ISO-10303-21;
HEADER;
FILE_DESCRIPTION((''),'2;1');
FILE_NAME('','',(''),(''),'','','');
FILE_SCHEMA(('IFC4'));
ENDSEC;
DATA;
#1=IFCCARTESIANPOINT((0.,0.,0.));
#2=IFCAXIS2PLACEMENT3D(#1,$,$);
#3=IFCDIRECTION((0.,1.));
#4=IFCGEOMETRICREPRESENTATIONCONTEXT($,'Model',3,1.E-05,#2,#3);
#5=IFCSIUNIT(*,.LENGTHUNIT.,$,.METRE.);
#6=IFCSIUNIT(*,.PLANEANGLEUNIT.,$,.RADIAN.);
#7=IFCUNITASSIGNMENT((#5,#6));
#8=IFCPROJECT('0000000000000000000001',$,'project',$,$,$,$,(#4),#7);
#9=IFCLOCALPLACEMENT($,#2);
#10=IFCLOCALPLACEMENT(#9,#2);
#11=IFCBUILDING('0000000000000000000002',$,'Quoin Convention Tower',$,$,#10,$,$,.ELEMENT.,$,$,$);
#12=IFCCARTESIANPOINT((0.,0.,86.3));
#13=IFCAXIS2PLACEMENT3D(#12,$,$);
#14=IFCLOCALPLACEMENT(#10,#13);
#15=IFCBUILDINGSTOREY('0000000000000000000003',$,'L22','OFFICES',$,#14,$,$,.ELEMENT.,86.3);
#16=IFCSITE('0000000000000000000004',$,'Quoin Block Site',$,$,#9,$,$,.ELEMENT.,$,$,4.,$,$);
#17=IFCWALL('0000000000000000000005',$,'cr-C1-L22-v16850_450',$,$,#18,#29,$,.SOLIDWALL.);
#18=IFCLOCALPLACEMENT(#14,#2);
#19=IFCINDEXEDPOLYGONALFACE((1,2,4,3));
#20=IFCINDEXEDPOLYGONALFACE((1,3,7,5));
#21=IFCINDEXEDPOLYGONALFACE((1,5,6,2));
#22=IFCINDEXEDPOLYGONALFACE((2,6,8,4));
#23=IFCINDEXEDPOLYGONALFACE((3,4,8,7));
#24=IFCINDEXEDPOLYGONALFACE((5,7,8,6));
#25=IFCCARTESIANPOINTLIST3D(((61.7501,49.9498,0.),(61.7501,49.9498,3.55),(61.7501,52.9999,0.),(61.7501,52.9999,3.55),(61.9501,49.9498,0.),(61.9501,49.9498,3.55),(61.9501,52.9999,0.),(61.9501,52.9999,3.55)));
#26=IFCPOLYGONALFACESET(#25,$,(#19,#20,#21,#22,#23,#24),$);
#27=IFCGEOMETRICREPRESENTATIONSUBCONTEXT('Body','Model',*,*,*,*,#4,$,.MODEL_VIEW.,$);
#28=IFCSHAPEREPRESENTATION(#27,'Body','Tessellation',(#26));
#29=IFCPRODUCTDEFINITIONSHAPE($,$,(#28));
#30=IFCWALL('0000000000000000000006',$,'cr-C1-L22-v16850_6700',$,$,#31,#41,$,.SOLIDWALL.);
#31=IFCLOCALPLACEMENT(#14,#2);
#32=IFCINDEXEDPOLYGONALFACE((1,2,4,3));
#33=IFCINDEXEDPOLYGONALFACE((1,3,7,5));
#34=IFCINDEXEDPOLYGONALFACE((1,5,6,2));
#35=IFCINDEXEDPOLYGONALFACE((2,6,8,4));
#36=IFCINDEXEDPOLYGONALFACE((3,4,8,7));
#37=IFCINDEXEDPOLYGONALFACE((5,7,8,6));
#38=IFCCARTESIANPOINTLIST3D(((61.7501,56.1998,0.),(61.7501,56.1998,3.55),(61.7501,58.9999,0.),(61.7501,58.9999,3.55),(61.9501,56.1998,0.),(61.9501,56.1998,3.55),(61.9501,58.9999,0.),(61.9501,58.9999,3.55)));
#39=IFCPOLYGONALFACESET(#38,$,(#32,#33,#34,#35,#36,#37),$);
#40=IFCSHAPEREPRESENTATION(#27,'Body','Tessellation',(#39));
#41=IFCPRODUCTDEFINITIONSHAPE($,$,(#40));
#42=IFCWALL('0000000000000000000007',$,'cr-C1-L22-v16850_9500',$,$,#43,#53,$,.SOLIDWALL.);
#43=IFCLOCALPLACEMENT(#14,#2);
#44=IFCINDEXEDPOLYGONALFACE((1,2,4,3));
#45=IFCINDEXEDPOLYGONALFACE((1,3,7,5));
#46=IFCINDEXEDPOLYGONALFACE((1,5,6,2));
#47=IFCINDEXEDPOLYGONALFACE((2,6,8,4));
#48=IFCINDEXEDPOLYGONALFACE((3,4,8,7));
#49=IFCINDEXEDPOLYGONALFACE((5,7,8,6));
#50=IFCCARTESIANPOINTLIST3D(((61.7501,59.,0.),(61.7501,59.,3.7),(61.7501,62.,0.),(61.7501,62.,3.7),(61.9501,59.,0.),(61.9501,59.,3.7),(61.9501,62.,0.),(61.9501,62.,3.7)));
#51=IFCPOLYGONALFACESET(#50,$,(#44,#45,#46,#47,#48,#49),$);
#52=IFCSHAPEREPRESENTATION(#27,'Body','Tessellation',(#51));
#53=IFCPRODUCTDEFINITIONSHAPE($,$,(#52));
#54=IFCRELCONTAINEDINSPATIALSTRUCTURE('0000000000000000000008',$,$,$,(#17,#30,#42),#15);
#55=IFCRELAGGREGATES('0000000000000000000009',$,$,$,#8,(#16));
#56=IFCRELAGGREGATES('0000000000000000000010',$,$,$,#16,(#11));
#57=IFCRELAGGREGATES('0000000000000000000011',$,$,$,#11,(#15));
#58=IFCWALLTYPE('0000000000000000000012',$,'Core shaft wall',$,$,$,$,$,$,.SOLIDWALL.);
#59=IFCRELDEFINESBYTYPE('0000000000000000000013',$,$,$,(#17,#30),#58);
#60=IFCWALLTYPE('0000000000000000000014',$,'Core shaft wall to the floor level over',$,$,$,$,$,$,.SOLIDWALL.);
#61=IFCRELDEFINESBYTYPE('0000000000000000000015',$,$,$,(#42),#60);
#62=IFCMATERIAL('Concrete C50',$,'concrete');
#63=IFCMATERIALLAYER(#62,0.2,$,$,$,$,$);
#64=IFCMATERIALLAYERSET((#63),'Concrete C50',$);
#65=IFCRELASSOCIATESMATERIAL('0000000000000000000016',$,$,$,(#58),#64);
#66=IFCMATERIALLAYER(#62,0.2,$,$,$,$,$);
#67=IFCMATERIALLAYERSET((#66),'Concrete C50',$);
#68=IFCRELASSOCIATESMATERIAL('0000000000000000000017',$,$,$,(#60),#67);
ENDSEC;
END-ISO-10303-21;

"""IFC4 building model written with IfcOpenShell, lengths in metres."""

from ifc_helpers import new_model, si_unit, direction, frame, frame_2d, origin, place, context, subcontext, project, spatial, rectangle, extrude, material, layer, layer_set, type_object, element, save


model = new_model("IFC4")

# Units and contexts
model_context = context("Model", 3, precision=1e-05, world=origin(), true_north=direction((0.0, 1.0)))
body_context = subcontext(model_context, "Body", "Model", "MODEL_VIEW")
ifc_project = project(units=[si_unit("LENGTHUNIT", "METRE"), si_unit("PLANEANGLEUNIT", "RADIAN")], contexts=[model_context])

# Site, building, storey
site_placement = place(None, origin())
site = spatial("IfcSite", under=ifc_project, at=site_placement, Name="Quoin Block Site", CompositionType="ELEMENT", RefElevation=4.0)
building_placement = place(site_placement, origin())
building = spatial("IfcBuilding", under=site, at=building_placement, Name="Quoin Convention Tower", CompositionType="ELEMENT")
storey_placement = place(building_placement, frame((0.0, 0.0, 86.3)))
storey = spatial("IfcBuildingStorey", under=building, at=storey_placement, Name="L22", Description="OFFICES", CompositionType="ELEMENT", Elevation=86.3)

# Walls
ifc_material_1 = material(Name="Concrete C50", Category="concrete")
ifc_layer_1 = layer(ifc_material_1, 0.2)
ifc_layer_set_1 = layer_set([ifc_layer_1], Name="Concrete C50")
wall_type_1 = type_object("IfcWallType", Name="Core shaft wall", PredefinedType="SOLIDWALL", material=ifc_layer_set_1)
wall_1_placement = place(storey_placement, frame((61.8501, 49.95, 0.0), z_axis=(0.0, 0.0, 1.0), x_axis=(0.0, 1.0, 0.0)))
element("IfcWall", 1, at=wall_1_placement, inside=storey, type_object=wall_type_1, Name="cr-C1-L22-v16850_450", PredefinedType="SOLIDWALL", context=body_context, shape_type="SweptSolid", body=[
    extrude(rectangle(XDim=3.05, YDim=0.2, at=frame_2d((1.5249, 0.0))), origin(), (0.0, 0.0, 1.0), 3.55),
])
wall_2_placement = place(storey_placement, frame((61.8501, 56.2, 0.0), z_axis=(0.0, 0.0, 1.0), x_axis=(0.0, 1.0, 0.0)))
element("IfcWall", 2, at=wall_2_placement, inside=storey, type_object=wall_type_1, Name="cr-C1-L22-v16850_6700", PredefinedType="SOLIDWALL", context=body_context, shape_type="SweptSolid", body=[
    extrude(rectangle(XDim=2.8, YDim=0.2, at=frame_2d((1.3999, 0.0))), origin(), (0.0, 0.0, 1.0), 3.55),
])
ifc_layer_2 = layer(ifc_material_1, 0.2)
ifc_layer_set_2 = layer_set([ifc_layer_2], Name="Concrete C50")
wall_type_2 = type_object("IfcWallType", Name="Core shaft wall to the floor level over", PredefinedType="SOLIDWALL", material=ifc_layer_set_2)
wall_3_placement = place(storey_placement, frame((61.8501, 59.0, 0.0), z_axis=(0.0, 0.0, 1.0), x_axis=(0.0, 1.0, 0.0)))
element("IfcWall", 3, at=wall_3_placement, inside=storey, type_object=wall_type_2, Name="cr-C1-L22-v16850_9500", PredefinedType="SOLIDWALL", context=body_context, shape_type="SweptSolid", body=[
    extrude(rectangle(XDim=3.0, YDim=0.2, at=frame_2d((1.5, 0.0))), origin(), (0.0, 0.0, 1.0), 3.7),
])

save(model, "model.ifc")
